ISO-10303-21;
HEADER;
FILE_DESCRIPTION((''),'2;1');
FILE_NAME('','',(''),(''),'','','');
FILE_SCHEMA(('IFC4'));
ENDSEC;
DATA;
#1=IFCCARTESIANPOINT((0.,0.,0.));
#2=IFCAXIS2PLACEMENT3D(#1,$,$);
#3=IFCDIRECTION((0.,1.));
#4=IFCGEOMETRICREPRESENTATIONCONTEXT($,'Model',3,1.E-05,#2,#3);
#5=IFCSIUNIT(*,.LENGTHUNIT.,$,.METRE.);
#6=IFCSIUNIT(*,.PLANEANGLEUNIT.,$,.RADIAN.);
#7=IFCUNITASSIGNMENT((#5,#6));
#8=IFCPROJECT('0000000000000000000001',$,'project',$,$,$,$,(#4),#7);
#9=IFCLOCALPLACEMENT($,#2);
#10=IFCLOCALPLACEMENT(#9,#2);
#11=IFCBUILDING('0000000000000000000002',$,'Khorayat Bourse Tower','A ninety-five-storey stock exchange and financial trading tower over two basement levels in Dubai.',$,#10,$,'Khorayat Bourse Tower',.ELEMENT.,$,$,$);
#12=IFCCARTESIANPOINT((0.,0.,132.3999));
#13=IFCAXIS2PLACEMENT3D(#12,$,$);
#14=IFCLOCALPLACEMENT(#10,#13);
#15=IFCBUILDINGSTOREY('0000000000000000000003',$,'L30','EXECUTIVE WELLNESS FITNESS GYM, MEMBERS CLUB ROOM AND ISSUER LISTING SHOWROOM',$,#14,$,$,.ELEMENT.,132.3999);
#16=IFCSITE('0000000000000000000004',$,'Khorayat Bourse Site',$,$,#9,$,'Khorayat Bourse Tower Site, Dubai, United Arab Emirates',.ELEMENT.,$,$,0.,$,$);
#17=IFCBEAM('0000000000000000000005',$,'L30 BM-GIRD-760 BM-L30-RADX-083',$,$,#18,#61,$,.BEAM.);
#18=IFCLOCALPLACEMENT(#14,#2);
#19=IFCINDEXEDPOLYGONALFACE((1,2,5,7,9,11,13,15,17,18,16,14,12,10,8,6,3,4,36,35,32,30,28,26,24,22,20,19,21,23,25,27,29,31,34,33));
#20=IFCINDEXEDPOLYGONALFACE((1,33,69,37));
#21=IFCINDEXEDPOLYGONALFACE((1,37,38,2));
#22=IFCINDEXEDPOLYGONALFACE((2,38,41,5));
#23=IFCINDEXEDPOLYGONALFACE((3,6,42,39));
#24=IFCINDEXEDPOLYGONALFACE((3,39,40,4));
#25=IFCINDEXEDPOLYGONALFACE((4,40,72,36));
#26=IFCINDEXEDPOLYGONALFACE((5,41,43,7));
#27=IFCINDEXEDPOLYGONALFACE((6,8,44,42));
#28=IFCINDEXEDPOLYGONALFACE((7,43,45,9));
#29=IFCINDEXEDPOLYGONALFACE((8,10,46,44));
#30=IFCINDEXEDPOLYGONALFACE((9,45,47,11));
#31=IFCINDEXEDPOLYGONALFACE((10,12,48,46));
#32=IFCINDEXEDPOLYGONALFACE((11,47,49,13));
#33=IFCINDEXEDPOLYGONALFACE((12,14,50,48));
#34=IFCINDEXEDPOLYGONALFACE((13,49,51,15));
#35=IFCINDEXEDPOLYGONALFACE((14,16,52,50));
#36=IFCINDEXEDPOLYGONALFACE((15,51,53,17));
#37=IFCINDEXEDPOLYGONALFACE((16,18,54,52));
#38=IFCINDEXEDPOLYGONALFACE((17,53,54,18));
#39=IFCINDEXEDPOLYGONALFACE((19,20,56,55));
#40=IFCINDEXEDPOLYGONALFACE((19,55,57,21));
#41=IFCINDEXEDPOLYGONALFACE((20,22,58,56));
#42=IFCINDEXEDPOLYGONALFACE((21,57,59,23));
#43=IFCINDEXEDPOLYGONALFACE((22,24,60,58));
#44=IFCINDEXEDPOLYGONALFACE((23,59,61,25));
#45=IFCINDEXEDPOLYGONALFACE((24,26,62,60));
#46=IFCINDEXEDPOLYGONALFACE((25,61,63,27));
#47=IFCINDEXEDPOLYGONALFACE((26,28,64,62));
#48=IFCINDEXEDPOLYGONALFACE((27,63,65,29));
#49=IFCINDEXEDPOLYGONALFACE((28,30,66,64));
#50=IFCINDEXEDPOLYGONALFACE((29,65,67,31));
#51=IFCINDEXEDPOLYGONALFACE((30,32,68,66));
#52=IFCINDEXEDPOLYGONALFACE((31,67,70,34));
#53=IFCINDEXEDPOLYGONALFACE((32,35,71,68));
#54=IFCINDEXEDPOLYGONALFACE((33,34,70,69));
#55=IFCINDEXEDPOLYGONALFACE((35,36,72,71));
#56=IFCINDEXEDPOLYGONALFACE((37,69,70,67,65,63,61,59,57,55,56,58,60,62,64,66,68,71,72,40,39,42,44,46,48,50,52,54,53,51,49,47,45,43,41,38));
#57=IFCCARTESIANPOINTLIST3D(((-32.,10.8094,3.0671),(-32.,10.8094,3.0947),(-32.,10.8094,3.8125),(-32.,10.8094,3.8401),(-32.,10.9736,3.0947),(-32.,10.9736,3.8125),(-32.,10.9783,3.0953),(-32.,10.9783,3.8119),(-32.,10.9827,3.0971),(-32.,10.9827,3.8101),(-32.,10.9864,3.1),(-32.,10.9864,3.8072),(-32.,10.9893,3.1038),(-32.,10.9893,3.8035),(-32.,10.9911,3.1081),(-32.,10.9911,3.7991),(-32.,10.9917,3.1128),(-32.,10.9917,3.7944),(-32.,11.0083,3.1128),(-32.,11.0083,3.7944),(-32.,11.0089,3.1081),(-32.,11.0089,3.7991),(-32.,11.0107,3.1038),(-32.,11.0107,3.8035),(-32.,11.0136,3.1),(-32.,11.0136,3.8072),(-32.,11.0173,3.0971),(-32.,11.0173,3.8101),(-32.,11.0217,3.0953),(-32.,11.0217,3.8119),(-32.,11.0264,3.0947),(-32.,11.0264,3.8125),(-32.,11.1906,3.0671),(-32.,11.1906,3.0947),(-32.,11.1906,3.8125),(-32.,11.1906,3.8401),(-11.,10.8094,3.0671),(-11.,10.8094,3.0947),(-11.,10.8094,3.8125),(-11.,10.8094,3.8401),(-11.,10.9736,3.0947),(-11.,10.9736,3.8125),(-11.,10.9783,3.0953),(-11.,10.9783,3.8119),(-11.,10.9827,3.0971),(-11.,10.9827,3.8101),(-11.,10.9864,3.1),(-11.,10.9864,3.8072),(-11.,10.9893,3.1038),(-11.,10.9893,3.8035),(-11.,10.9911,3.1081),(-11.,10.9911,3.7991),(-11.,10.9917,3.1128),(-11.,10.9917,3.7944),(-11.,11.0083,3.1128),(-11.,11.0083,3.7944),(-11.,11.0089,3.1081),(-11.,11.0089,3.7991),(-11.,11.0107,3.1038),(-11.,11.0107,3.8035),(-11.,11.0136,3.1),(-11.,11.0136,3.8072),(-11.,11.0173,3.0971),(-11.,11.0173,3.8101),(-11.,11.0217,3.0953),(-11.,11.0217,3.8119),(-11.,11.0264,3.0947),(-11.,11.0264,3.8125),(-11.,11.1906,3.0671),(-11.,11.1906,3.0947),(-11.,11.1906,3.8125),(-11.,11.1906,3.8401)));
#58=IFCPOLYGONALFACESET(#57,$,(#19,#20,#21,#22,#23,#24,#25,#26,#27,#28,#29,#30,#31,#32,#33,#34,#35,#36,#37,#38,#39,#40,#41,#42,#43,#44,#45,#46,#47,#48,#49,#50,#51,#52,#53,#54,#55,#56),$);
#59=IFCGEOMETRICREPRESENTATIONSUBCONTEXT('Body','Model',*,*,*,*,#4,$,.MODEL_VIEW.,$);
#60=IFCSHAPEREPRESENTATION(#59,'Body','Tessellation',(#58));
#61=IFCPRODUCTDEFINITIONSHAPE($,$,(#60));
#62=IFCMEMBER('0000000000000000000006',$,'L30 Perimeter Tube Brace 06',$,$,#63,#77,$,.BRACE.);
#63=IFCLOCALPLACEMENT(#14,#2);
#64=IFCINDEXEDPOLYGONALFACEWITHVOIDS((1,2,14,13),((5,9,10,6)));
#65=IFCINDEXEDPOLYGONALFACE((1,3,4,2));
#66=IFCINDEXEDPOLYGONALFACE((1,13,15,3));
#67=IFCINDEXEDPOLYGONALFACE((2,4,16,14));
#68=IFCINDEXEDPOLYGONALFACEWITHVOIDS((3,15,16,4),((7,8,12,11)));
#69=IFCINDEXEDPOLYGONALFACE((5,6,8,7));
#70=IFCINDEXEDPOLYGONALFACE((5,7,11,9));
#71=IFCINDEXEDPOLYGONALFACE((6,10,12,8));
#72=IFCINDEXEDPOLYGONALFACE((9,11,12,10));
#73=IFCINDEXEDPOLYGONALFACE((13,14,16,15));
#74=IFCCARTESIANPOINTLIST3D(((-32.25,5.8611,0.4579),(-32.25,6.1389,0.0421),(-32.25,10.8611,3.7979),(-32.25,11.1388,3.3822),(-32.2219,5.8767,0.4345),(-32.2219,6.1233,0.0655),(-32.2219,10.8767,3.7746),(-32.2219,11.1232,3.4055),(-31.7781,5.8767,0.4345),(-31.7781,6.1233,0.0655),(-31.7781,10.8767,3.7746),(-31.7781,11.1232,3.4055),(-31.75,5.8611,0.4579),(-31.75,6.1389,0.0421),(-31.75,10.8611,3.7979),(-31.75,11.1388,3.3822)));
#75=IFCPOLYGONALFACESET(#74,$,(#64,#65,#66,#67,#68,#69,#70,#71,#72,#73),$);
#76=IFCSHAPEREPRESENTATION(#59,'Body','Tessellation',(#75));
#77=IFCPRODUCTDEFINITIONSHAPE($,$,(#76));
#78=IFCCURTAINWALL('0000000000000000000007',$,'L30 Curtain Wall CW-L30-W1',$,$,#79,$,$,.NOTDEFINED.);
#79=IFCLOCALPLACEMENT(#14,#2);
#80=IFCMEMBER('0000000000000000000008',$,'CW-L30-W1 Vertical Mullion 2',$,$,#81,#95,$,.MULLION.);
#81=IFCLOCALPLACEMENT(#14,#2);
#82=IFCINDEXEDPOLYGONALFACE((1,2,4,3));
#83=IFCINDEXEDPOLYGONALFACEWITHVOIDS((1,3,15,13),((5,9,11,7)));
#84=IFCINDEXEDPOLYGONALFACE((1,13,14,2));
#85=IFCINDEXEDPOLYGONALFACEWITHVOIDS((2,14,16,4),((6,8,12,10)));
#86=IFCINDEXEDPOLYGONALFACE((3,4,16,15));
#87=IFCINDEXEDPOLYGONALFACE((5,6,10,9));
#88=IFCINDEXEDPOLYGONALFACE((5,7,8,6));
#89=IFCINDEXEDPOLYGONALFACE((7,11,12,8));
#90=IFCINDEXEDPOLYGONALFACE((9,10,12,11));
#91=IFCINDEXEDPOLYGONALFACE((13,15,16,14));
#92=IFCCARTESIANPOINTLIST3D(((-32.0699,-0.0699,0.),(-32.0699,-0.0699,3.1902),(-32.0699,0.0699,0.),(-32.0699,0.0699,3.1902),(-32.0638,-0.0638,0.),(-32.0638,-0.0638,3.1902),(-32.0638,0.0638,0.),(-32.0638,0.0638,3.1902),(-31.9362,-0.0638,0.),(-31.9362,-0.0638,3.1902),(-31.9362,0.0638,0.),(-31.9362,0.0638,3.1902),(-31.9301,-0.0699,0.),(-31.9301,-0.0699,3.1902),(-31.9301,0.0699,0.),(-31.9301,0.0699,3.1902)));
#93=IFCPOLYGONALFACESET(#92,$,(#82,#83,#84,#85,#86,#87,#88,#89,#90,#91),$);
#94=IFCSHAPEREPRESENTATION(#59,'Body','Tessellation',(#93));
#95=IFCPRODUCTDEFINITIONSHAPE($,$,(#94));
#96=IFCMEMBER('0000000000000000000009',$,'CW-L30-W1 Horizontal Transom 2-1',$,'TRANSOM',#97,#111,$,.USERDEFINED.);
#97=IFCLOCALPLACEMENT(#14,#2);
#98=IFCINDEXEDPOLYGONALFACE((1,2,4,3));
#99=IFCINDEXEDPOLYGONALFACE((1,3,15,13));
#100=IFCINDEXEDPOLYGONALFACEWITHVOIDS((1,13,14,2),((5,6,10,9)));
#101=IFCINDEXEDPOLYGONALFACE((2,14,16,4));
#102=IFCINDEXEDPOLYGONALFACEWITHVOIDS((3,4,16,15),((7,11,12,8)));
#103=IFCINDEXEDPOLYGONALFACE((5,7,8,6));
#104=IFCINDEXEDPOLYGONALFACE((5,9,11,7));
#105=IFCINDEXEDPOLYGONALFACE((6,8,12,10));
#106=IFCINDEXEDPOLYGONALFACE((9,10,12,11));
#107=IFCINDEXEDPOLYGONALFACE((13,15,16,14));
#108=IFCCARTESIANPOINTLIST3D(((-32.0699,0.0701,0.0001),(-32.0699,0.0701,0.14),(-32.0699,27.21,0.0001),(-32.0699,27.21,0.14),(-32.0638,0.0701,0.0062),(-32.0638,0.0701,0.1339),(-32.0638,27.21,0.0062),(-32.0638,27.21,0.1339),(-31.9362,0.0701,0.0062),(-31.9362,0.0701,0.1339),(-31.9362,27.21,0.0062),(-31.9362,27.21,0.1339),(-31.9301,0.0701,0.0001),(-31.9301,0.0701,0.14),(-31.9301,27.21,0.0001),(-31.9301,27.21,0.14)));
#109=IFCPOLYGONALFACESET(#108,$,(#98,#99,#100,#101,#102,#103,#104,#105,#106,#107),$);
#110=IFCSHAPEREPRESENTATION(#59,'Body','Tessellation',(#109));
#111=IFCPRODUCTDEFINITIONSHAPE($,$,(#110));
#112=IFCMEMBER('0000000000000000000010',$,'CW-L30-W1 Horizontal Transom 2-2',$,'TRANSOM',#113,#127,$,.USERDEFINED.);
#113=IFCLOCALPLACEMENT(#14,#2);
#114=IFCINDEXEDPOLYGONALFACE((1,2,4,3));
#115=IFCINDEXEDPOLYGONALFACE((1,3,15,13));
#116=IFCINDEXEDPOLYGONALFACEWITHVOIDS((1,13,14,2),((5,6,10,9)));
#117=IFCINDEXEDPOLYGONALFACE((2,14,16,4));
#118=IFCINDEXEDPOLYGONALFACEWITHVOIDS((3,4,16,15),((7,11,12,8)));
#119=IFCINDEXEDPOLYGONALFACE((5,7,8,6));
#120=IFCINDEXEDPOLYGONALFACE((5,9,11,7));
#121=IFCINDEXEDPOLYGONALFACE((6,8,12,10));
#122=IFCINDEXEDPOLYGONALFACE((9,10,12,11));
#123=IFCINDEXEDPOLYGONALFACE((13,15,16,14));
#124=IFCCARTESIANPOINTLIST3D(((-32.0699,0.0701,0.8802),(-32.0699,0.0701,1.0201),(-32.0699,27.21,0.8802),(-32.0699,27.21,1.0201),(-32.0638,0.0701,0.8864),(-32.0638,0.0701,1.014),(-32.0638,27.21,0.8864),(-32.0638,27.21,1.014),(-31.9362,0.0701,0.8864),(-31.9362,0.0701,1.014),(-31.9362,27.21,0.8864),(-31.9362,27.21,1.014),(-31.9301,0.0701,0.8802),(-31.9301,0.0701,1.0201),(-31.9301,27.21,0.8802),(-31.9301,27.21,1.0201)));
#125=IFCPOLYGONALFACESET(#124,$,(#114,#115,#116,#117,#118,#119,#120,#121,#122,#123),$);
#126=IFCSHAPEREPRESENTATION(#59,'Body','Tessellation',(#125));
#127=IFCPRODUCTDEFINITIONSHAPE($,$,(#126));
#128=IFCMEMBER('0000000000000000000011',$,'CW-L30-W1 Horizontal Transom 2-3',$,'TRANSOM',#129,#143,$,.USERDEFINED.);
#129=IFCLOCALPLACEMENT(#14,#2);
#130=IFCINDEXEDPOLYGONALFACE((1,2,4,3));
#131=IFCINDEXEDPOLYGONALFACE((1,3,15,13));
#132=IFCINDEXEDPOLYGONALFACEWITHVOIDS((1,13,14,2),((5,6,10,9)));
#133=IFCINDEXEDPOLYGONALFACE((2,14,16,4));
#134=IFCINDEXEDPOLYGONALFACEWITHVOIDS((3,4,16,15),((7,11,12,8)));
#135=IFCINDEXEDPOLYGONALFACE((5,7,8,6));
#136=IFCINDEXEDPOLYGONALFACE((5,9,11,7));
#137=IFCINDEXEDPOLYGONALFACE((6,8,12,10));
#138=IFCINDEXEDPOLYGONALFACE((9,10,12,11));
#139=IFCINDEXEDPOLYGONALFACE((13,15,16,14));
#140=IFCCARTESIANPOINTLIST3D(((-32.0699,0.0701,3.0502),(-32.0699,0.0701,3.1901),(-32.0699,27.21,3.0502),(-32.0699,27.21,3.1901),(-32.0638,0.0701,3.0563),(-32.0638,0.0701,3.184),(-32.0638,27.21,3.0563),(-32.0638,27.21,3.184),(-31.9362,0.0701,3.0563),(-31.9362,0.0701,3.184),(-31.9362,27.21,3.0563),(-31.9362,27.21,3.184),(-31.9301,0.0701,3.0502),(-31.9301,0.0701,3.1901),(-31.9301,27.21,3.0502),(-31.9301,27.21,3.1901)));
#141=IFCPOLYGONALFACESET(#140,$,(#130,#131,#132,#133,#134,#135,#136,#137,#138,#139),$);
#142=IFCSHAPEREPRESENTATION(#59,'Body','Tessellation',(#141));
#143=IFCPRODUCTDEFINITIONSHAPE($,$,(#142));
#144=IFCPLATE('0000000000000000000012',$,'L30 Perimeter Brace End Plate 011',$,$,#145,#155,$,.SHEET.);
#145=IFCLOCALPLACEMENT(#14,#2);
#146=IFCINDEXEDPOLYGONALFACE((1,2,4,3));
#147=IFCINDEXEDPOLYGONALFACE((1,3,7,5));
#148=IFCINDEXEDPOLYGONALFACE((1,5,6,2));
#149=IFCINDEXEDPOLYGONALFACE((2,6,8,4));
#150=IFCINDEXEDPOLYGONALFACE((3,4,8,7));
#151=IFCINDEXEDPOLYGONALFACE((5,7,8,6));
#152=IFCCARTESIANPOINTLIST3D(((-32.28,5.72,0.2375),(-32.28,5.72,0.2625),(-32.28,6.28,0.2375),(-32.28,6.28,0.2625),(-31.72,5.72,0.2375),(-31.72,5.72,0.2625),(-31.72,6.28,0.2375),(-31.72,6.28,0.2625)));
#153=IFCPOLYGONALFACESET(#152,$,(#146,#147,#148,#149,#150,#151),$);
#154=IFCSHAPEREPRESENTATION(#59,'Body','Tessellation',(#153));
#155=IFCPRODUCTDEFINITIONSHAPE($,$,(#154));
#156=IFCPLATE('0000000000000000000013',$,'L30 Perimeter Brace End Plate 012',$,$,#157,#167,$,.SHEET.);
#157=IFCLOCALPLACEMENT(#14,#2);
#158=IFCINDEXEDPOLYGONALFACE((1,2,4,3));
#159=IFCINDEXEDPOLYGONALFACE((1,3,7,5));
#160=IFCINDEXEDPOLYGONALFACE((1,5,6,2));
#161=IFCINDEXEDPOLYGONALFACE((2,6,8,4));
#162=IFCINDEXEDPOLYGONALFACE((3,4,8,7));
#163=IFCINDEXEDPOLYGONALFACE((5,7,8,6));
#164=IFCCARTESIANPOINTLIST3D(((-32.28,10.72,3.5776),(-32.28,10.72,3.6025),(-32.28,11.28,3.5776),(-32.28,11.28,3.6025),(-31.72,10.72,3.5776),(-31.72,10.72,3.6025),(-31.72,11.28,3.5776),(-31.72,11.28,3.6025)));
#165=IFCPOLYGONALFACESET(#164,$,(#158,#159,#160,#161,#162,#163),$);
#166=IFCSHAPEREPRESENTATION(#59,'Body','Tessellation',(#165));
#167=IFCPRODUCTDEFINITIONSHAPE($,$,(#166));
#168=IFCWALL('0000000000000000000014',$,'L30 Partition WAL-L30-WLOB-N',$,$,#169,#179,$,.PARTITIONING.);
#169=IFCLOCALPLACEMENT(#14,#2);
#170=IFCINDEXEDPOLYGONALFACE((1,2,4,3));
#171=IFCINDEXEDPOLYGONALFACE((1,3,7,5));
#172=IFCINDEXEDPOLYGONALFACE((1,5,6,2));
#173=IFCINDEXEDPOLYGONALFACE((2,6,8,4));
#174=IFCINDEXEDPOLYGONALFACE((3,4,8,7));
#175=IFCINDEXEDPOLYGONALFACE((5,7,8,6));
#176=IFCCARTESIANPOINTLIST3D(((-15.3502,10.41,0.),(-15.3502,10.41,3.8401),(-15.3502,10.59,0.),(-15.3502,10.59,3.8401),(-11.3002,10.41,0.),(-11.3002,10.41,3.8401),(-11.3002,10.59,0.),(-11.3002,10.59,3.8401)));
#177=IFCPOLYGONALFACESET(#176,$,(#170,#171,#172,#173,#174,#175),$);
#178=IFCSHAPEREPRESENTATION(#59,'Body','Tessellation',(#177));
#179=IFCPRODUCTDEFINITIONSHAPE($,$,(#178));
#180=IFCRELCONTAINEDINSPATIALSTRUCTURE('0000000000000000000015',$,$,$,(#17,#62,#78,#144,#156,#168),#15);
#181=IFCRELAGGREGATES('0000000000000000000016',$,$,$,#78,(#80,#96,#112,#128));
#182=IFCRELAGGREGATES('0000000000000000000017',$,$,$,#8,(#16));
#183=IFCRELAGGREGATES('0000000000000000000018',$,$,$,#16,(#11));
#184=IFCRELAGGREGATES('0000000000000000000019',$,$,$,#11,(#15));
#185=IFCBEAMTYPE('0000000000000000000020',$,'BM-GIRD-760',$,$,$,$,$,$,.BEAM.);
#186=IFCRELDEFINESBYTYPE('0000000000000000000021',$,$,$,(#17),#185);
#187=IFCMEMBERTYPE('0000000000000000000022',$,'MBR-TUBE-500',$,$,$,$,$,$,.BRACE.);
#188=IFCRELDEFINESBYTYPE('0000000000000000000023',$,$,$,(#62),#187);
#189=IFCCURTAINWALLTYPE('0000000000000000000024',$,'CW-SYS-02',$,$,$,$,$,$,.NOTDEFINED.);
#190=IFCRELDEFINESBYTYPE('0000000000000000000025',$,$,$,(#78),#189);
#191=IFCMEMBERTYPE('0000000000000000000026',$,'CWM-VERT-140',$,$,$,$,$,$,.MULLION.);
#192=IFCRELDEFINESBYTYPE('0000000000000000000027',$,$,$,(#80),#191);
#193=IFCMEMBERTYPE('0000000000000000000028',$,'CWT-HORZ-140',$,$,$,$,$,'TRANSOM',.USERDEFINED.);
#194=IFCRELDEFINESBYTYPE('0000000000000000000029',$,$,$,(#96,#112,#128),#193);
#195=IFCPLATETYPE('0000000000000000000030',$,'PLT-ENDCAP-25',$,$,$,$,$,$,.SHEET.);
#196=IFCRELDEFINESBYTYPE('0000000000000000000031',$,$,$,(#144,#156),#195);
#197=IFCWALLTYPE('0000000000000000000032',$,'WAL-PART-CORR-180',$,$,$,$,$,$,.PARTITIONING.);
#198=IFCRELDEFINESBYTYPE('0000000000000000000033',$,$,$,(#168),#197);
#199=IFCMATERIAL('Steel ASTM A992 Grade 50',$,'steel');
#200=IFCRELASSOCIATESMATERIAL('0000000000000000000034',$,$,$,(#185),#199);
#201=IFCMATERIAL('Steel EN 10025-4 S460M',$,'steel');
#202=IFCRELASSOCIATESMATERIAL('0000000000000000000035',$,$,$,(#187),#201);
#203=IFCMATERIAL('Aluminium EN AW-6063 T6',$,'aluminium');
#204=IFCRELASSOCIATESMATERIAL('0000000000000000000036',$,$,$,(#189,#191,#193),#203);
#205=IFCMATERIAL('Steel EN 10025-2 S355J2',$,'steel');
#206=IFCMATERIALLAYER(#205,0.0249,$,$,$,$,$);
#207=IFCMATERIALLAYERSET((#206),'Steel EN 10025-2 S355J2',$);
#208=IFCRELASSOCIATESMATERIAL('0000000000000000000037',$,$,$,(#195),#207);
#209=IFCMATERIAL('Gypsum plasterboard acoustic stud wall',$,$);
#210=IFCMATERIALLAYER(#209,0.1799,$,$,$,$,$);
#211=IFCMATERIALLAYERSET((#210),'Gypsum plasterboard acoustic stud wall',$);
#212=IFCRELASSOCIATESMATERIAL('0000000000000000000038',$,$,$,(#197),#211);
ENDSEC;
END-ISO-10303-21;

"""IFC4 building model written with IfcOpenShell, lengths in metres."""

from ifc_helpers import new_model, si_unit, direction, frame, frame_2d, origin, origin_2d, place, context, subcontext, project, spatial, rectangle, hollow_rectangle, i_section, extrude, source, transform, mapped, material, layer, layer_set, material_profile, profile_set, type_object, element, aggregate, save


model = new_model("IFC4")

# Units and contexts
model_context = context("Model", 3, precision=1e-05, world=origin(), true_north=direction((0.0, 1.0)))
body_context = subcontext(model_context, "Body", "Model", "MODEL_VIEW")
ifc_project = project(units=[si_unit("LENGTHUNIT", "METRE"), si_unit("PLANEANGLEUNIT", "RADIAN")], contexts=[model_context])

# Site, building, storey
site_placement = place(None, origin())
site = spatial("IfcSite", under=ifc_project, at=site_placement, Name="Khorayat Bourse Site", LongName="Khorayat Bourse Tower Site, Dubai, United Arab Emirates", CompositionType="ELEMENT", RefElevation=0.0)
building_placement = place(site_placement, origin())
building = spatial("IfcBuilding", under=site, at=building_placement, Name="Khorayat Bourse Tower", Description="A ninety-five-storey stock exchange and financial trading tower over two basement levels in Dubai.", LongName="Khorayat Bourse Tower", CompositionType="ELEMENT")
storey_placement = place(building_placement, frame((0.0, 0.0, 132.3999)))
storey = spatial("IfcBuildingStorey", under=building, at=storey_placement, Name="L30", Description="EXECUTIVE WELLNESS FITNESS GYM, MEMBERS CLUB ROOM AND ISSUER LISTING SHOWROOM", CompositionType="ELEMENT", Elevation=132.3999)

# Shared definitions
ifc_material_1 = material(Name="Steel EN 10025-4 S460M", Category="steel")

# Beam
ifc_material_2 = material(Name="Steel ASTM A992 Grade 50", Category="steel")
ifc_material_profile_1 = material_profile(ifc_material_2, i_section(OverallWidth=0.3811, OverallDepth=0.7729, WebThickness=0.0166, FlangeThickness=0.0276, FilletRadius=0.0181, at=origin_2d()), Name="W760X257")
ifc_profile_set_1 = profile_set([ifc_material_profile_1], Name="Steel ASTM A992 Grade 50")
beam_type_1 = type_object("IfcBeamType", Name="BM-GIRD-760", PredefinedType="BEAM", material=ifc_profile_set_1)
shared_shape_1 = source(origin(), body_context, "Body", "SweptSolid", [
    extrude(i_section(OverallWidth=0.3811, OverallDepth=0.7729, WebThickness=0.0166, FlangeThickness=0.0276, FilletRadius=0.0181, at=origin_2d()), origin(), (0.0, 0.0, 1.0), 21.0),
])
for number, where, z_axis, x_axis, name in (
    (1, (-32.0, 11.0, 3.4536), (1.0, 0.0, 0.0), (0.0, 1.0, 0.0), "L30 BM-GIRD-760 BM-L30-RADX-083"),
):
    element("IfcBeam", number, at=place(storey_placement, frame(where, z_axis=z_axis, x_axis=x_axis)), inside=storey, type_object=beam_type_1, Name=name, PredefinedType="BEAM", context=body_context, shape_type="MappedRepresentation", body=[
        mapped(shared_shape_1, transform((0.0, 0.0, 0.0), scale=1.0)),
    ])

# Member
ifc_material_profile_2 = material_profile(ifc_material_1, hollow_rectangle(XDim=0.5, YDim=0.5, WallThickness=0.0281, at=origin_2d()), Name="HSS 500x500x28")
ifc_profile_set_2 = profile_set([ifc_material_profile_2], Name="Steel EN 10025-4 S460M")
member_type_1 = type_object("IfcMemberType", Name="MBR-TUBE-500", PredefinedType="BRACE", material=ifc_profile_set_2)
shared_shape_2 = source(origin(), body_context, "Body", "SweptSolid", [
    extrude(hollow_rectangle(XDim=0.5, YDim=0.5, WallThickness=0.0281, at=origin_2d()), origin(), (0.0, 0.0, 1.0), 6.0129),
])
member_1_placement = place(storey_placement, frame((-32.0, 6.0, 0.25), z_axis=(0.0, 0.831531, 0.555478), x_axis=(-1.0, 0.0, 0.0)))
element("IfcMember", 2, at=member_1_placement, inside=storey, type_object=member_type_1, Name="L30 Perimeter Tube Brace 06", PredefinedType="BRACE", context=body_context, shape_type="MappedRepresentation", body=[
    mapped(shared_shape_2, transform((0.0, 0.0, 0.0), scale=1.0)),
])

# Curtain wall, members
ifc_material_3 = material(Name="Aluminium EN AW-6063 T6", Category="aluminium")
curtain_wall_type = type_object("IfcCurtainWallType", Name="CW-SYS-02", PredefinedType="NOTDEFINED", material=ifc_material_3)
curtain_wall_placement = place(storey_placement, origin())
curtain_wall = element("IfcCurtainWall", 3, at=curtain_wall_placement, inside=storey, type_object=curtain_wall_type, Name="L30 Curtain Wall CW-L30-W1", PredefinedType="NOTDEFINED")
ifc_material_profile_3 = material_profile(ifc_material_3, hollow_rectangle(XDim=0.1399, YDim=0.1399, WallThickness=0.0061, at=origin_2d()), Name="ALU 140x140x6")
ifc_profile_set_3 = profile_set([ifc_material_profile_3], Name="Aluminium EN AW-6063 T6")
member_type_2 = type_object("IfcMemberType", Name="CWM-VERT-140", PredefinedType="MULLION", material=ifc_profile_set_3)
shared_shape_3 = source(origin(), body_context, "Body", "SweptSolid", [
    extrude(hollow_rectangle(XDim=0.1399, YDim=0.1399, WallThickness=0.0061, at=origin_2d()), origin(), (0.0, 0.0, 1.0), 3.1902),
])
member_2_placement = place(storey_placement, frame((-32.0, 0.0, 0.0), z_axis=(0.0, 0.0, 1.0), x_axis=(-1.0, 0.0, 0.0)))
member_2 = element("IfcMember", 4, at=member_2_placement, type_object=member_type_2, Name="CW-L30-W1 Vertical Mullion 2", PredefinedType="MULLION", context=body_context, shape_type="MappedRepresentation", body=[
    mapped(shared_shape_3, transform((0.0, 0.0, 0.0), scale=1.0)),
])
ifc_material_profile_4 = material_profile(ifc_material_3, hollow_rectangle(XDim=0.1399, YDim=0.1399, WallThickness=0.0061, at=origin_2d()), Name="ALU 140x140x6")
ifc_profile_set_4 = profile_set([ifc_material_profile_4], Name="Aluminium EN AW-6063 T6")
member_type_3 = type_object("IfcMemberType", Name="CWT-HORZ-140", ElementType="TRANSOM", PredefinedType="USERDEFINED", material=ifc_profile_set_4)
shared_shape_4 = source(origin(), body_context, "Body", "SweptSolid", [
    extrude(hollow_rectangle(XDim=0.1399, YDim=0.1399, WallThickness=0.0061, at=origin_2d()), origin(), (0.0, 0.0, 1.0), 27.1399),
])
member_3_placement = place(storey_placement, frame((-32.0, 0.0701, 0.0701), z_axis=(0.0, 1.0, 0.0), x_axis=(-1.0, 0.0, 0.0)))
member_3 = element("IfcMember", 5, at=member_3_placement, type_object=member_type_3, Name="CW-L30-W1 Horizontal Transom 2-1", ObjectType="TRANSOM", PredefinedType="USERDEFINED", context=body_context, shape_type="MappedRepresentation", body=[
    mapped(shared_shape_4, transform((0.0, 0.0, 0.0), scale=1.0)),
])
member_4_placement = place(storey_placement, frame((-32.0, 0.0701, 0.9502), z_axis=(0.0, 1.0, 0.0), x_axis=(-1.0, 0.0, 0.0)))
member_4 = element("IfcMember", 6, at=member_4_placement, type_object=member_type_3, Name="CW-L30-W1 Horizontal Transom 2-2", ObjectType="TRANSOM", PredefinedType="USERDEFINED", context=body_context, shape_type="MappedRepresentation", body=[
    mapped(shared_shape_4, transform((0.0, 0.0, 0.0), scale=1.0)),
])
member_5_placement = place(storey_placement, frame((-32.0, 0.0701, 3.1201), z_axis=(0.0, 1.0, 0.0), x_axis=(-1.0, 0.0, 0.0)))
member_5 = element("IfcMember", 7, at=member_5_placement, type_object=member_type_3, Name="CW-L30-W1 Horizontal Transom 2-3", ObjectType="TRANSOM", PredefinedType="USERDEFINED", context=body_context, shape_type="MappedRepresentation", body=[
    mapped(shared_shape_4, transform((0.0, 0.0, 0.0), scale=1.0)),
])
aggregate(curtain_wall, [member_2, member_3, member_4, member_5])

# Plates
ifc_material_4 = material(Name="Steel EN 10025-2 S355J2", Category="steel")
ifc_layer_1 = layer(ifc_material_4, 0.0249)
ifc_layer_set_1 = layer_set([ifc_layer_1], Name="Steel EN 10025-2 S355J2")
plate_type = type_object("IfcPlateType", Name="PLT-ENDCAP-25", PredefinedType="SHEET", material=ifc_layer_set_1)
shared_shape_5 = source(origin(), body_context, "Body", "SweptSolid", [
    extrude(rectangle(XDim=0.5601, YDim=0.5601, at=origin_2d()), origin(), (0.0, 0.0, 1.0), 0.0249),
])
for number, where, z_axis, x_axis, name in (
    (8, (-32.0, 6.0, 0.2375), (0.0, 0.0, 1.0), (1.0, 0.0, 0.0), "L30 Perimeter Brace End Plate 011"),
    (9, (-32.0, 11.0, 3.5776), (0.0, 0.0, 1.0), (1.0, 0.0, 0.0), "L30 Perimeter Brace End Plate 012"),
):
    element("IfcPlate", number, at=place(storey_placement, frame(where, z_axis=z_axis, x_axis=x_axis)), inside=storey, type_object=plate_type, Name=name, PredefinedType="SHEET", context=body_context, shape_type="MappedRepresentation", body=[
        mapped(shared_shape_5, transform((0.0, 0.0, 0.0), scale=1.0)),
    ])

# Wall
ifc_material_5 = material(Name="Gypsum plasterboard acoustic stud wall")
ifc_layer_2 = layer(ifc_material_5, 0.1799)
ifc_layer_set_2 = layer_set([ifc_layer_2], Name="Gypsum plasterboard acoustic stud wall")
wall_type_1 = type_object("IfcWallType", Name="WAL-PART-CORR-180", PredefinedType="PARTITIONING", material=ifc_layer_set_2)
shared_shape_6 = source(origin(), body_context, "Body", "SweptSolid", [
    extrude(rectangle(XDim=4.05, YDim=0.1799, at=frame_2d((2.0249, 0.0))), origin(), (0.0, 0.0, 1.0), 3.8401),
])
wall_1_placement = place(storey_placement, frame((-15.3501, 10.5, 0.0), z_axis=(0.0, 0.0, 1.0), x_axis=(1.0, 0.0, 0.0)))
element("IfcWall", 10, at=wall_1_placement, inside=storey, type_object=wall_type_1, Name="L30 Partition WAL-L30-WLOB-N", PredefinedType="PARTITIONING", context=body_context, shape_type="MappedRepresentation", body=[
    mapped(shared_shape_6, transform((0.0, 0.0, 0.0), scale=1.0)),
])

save(model, "model.ifc")
